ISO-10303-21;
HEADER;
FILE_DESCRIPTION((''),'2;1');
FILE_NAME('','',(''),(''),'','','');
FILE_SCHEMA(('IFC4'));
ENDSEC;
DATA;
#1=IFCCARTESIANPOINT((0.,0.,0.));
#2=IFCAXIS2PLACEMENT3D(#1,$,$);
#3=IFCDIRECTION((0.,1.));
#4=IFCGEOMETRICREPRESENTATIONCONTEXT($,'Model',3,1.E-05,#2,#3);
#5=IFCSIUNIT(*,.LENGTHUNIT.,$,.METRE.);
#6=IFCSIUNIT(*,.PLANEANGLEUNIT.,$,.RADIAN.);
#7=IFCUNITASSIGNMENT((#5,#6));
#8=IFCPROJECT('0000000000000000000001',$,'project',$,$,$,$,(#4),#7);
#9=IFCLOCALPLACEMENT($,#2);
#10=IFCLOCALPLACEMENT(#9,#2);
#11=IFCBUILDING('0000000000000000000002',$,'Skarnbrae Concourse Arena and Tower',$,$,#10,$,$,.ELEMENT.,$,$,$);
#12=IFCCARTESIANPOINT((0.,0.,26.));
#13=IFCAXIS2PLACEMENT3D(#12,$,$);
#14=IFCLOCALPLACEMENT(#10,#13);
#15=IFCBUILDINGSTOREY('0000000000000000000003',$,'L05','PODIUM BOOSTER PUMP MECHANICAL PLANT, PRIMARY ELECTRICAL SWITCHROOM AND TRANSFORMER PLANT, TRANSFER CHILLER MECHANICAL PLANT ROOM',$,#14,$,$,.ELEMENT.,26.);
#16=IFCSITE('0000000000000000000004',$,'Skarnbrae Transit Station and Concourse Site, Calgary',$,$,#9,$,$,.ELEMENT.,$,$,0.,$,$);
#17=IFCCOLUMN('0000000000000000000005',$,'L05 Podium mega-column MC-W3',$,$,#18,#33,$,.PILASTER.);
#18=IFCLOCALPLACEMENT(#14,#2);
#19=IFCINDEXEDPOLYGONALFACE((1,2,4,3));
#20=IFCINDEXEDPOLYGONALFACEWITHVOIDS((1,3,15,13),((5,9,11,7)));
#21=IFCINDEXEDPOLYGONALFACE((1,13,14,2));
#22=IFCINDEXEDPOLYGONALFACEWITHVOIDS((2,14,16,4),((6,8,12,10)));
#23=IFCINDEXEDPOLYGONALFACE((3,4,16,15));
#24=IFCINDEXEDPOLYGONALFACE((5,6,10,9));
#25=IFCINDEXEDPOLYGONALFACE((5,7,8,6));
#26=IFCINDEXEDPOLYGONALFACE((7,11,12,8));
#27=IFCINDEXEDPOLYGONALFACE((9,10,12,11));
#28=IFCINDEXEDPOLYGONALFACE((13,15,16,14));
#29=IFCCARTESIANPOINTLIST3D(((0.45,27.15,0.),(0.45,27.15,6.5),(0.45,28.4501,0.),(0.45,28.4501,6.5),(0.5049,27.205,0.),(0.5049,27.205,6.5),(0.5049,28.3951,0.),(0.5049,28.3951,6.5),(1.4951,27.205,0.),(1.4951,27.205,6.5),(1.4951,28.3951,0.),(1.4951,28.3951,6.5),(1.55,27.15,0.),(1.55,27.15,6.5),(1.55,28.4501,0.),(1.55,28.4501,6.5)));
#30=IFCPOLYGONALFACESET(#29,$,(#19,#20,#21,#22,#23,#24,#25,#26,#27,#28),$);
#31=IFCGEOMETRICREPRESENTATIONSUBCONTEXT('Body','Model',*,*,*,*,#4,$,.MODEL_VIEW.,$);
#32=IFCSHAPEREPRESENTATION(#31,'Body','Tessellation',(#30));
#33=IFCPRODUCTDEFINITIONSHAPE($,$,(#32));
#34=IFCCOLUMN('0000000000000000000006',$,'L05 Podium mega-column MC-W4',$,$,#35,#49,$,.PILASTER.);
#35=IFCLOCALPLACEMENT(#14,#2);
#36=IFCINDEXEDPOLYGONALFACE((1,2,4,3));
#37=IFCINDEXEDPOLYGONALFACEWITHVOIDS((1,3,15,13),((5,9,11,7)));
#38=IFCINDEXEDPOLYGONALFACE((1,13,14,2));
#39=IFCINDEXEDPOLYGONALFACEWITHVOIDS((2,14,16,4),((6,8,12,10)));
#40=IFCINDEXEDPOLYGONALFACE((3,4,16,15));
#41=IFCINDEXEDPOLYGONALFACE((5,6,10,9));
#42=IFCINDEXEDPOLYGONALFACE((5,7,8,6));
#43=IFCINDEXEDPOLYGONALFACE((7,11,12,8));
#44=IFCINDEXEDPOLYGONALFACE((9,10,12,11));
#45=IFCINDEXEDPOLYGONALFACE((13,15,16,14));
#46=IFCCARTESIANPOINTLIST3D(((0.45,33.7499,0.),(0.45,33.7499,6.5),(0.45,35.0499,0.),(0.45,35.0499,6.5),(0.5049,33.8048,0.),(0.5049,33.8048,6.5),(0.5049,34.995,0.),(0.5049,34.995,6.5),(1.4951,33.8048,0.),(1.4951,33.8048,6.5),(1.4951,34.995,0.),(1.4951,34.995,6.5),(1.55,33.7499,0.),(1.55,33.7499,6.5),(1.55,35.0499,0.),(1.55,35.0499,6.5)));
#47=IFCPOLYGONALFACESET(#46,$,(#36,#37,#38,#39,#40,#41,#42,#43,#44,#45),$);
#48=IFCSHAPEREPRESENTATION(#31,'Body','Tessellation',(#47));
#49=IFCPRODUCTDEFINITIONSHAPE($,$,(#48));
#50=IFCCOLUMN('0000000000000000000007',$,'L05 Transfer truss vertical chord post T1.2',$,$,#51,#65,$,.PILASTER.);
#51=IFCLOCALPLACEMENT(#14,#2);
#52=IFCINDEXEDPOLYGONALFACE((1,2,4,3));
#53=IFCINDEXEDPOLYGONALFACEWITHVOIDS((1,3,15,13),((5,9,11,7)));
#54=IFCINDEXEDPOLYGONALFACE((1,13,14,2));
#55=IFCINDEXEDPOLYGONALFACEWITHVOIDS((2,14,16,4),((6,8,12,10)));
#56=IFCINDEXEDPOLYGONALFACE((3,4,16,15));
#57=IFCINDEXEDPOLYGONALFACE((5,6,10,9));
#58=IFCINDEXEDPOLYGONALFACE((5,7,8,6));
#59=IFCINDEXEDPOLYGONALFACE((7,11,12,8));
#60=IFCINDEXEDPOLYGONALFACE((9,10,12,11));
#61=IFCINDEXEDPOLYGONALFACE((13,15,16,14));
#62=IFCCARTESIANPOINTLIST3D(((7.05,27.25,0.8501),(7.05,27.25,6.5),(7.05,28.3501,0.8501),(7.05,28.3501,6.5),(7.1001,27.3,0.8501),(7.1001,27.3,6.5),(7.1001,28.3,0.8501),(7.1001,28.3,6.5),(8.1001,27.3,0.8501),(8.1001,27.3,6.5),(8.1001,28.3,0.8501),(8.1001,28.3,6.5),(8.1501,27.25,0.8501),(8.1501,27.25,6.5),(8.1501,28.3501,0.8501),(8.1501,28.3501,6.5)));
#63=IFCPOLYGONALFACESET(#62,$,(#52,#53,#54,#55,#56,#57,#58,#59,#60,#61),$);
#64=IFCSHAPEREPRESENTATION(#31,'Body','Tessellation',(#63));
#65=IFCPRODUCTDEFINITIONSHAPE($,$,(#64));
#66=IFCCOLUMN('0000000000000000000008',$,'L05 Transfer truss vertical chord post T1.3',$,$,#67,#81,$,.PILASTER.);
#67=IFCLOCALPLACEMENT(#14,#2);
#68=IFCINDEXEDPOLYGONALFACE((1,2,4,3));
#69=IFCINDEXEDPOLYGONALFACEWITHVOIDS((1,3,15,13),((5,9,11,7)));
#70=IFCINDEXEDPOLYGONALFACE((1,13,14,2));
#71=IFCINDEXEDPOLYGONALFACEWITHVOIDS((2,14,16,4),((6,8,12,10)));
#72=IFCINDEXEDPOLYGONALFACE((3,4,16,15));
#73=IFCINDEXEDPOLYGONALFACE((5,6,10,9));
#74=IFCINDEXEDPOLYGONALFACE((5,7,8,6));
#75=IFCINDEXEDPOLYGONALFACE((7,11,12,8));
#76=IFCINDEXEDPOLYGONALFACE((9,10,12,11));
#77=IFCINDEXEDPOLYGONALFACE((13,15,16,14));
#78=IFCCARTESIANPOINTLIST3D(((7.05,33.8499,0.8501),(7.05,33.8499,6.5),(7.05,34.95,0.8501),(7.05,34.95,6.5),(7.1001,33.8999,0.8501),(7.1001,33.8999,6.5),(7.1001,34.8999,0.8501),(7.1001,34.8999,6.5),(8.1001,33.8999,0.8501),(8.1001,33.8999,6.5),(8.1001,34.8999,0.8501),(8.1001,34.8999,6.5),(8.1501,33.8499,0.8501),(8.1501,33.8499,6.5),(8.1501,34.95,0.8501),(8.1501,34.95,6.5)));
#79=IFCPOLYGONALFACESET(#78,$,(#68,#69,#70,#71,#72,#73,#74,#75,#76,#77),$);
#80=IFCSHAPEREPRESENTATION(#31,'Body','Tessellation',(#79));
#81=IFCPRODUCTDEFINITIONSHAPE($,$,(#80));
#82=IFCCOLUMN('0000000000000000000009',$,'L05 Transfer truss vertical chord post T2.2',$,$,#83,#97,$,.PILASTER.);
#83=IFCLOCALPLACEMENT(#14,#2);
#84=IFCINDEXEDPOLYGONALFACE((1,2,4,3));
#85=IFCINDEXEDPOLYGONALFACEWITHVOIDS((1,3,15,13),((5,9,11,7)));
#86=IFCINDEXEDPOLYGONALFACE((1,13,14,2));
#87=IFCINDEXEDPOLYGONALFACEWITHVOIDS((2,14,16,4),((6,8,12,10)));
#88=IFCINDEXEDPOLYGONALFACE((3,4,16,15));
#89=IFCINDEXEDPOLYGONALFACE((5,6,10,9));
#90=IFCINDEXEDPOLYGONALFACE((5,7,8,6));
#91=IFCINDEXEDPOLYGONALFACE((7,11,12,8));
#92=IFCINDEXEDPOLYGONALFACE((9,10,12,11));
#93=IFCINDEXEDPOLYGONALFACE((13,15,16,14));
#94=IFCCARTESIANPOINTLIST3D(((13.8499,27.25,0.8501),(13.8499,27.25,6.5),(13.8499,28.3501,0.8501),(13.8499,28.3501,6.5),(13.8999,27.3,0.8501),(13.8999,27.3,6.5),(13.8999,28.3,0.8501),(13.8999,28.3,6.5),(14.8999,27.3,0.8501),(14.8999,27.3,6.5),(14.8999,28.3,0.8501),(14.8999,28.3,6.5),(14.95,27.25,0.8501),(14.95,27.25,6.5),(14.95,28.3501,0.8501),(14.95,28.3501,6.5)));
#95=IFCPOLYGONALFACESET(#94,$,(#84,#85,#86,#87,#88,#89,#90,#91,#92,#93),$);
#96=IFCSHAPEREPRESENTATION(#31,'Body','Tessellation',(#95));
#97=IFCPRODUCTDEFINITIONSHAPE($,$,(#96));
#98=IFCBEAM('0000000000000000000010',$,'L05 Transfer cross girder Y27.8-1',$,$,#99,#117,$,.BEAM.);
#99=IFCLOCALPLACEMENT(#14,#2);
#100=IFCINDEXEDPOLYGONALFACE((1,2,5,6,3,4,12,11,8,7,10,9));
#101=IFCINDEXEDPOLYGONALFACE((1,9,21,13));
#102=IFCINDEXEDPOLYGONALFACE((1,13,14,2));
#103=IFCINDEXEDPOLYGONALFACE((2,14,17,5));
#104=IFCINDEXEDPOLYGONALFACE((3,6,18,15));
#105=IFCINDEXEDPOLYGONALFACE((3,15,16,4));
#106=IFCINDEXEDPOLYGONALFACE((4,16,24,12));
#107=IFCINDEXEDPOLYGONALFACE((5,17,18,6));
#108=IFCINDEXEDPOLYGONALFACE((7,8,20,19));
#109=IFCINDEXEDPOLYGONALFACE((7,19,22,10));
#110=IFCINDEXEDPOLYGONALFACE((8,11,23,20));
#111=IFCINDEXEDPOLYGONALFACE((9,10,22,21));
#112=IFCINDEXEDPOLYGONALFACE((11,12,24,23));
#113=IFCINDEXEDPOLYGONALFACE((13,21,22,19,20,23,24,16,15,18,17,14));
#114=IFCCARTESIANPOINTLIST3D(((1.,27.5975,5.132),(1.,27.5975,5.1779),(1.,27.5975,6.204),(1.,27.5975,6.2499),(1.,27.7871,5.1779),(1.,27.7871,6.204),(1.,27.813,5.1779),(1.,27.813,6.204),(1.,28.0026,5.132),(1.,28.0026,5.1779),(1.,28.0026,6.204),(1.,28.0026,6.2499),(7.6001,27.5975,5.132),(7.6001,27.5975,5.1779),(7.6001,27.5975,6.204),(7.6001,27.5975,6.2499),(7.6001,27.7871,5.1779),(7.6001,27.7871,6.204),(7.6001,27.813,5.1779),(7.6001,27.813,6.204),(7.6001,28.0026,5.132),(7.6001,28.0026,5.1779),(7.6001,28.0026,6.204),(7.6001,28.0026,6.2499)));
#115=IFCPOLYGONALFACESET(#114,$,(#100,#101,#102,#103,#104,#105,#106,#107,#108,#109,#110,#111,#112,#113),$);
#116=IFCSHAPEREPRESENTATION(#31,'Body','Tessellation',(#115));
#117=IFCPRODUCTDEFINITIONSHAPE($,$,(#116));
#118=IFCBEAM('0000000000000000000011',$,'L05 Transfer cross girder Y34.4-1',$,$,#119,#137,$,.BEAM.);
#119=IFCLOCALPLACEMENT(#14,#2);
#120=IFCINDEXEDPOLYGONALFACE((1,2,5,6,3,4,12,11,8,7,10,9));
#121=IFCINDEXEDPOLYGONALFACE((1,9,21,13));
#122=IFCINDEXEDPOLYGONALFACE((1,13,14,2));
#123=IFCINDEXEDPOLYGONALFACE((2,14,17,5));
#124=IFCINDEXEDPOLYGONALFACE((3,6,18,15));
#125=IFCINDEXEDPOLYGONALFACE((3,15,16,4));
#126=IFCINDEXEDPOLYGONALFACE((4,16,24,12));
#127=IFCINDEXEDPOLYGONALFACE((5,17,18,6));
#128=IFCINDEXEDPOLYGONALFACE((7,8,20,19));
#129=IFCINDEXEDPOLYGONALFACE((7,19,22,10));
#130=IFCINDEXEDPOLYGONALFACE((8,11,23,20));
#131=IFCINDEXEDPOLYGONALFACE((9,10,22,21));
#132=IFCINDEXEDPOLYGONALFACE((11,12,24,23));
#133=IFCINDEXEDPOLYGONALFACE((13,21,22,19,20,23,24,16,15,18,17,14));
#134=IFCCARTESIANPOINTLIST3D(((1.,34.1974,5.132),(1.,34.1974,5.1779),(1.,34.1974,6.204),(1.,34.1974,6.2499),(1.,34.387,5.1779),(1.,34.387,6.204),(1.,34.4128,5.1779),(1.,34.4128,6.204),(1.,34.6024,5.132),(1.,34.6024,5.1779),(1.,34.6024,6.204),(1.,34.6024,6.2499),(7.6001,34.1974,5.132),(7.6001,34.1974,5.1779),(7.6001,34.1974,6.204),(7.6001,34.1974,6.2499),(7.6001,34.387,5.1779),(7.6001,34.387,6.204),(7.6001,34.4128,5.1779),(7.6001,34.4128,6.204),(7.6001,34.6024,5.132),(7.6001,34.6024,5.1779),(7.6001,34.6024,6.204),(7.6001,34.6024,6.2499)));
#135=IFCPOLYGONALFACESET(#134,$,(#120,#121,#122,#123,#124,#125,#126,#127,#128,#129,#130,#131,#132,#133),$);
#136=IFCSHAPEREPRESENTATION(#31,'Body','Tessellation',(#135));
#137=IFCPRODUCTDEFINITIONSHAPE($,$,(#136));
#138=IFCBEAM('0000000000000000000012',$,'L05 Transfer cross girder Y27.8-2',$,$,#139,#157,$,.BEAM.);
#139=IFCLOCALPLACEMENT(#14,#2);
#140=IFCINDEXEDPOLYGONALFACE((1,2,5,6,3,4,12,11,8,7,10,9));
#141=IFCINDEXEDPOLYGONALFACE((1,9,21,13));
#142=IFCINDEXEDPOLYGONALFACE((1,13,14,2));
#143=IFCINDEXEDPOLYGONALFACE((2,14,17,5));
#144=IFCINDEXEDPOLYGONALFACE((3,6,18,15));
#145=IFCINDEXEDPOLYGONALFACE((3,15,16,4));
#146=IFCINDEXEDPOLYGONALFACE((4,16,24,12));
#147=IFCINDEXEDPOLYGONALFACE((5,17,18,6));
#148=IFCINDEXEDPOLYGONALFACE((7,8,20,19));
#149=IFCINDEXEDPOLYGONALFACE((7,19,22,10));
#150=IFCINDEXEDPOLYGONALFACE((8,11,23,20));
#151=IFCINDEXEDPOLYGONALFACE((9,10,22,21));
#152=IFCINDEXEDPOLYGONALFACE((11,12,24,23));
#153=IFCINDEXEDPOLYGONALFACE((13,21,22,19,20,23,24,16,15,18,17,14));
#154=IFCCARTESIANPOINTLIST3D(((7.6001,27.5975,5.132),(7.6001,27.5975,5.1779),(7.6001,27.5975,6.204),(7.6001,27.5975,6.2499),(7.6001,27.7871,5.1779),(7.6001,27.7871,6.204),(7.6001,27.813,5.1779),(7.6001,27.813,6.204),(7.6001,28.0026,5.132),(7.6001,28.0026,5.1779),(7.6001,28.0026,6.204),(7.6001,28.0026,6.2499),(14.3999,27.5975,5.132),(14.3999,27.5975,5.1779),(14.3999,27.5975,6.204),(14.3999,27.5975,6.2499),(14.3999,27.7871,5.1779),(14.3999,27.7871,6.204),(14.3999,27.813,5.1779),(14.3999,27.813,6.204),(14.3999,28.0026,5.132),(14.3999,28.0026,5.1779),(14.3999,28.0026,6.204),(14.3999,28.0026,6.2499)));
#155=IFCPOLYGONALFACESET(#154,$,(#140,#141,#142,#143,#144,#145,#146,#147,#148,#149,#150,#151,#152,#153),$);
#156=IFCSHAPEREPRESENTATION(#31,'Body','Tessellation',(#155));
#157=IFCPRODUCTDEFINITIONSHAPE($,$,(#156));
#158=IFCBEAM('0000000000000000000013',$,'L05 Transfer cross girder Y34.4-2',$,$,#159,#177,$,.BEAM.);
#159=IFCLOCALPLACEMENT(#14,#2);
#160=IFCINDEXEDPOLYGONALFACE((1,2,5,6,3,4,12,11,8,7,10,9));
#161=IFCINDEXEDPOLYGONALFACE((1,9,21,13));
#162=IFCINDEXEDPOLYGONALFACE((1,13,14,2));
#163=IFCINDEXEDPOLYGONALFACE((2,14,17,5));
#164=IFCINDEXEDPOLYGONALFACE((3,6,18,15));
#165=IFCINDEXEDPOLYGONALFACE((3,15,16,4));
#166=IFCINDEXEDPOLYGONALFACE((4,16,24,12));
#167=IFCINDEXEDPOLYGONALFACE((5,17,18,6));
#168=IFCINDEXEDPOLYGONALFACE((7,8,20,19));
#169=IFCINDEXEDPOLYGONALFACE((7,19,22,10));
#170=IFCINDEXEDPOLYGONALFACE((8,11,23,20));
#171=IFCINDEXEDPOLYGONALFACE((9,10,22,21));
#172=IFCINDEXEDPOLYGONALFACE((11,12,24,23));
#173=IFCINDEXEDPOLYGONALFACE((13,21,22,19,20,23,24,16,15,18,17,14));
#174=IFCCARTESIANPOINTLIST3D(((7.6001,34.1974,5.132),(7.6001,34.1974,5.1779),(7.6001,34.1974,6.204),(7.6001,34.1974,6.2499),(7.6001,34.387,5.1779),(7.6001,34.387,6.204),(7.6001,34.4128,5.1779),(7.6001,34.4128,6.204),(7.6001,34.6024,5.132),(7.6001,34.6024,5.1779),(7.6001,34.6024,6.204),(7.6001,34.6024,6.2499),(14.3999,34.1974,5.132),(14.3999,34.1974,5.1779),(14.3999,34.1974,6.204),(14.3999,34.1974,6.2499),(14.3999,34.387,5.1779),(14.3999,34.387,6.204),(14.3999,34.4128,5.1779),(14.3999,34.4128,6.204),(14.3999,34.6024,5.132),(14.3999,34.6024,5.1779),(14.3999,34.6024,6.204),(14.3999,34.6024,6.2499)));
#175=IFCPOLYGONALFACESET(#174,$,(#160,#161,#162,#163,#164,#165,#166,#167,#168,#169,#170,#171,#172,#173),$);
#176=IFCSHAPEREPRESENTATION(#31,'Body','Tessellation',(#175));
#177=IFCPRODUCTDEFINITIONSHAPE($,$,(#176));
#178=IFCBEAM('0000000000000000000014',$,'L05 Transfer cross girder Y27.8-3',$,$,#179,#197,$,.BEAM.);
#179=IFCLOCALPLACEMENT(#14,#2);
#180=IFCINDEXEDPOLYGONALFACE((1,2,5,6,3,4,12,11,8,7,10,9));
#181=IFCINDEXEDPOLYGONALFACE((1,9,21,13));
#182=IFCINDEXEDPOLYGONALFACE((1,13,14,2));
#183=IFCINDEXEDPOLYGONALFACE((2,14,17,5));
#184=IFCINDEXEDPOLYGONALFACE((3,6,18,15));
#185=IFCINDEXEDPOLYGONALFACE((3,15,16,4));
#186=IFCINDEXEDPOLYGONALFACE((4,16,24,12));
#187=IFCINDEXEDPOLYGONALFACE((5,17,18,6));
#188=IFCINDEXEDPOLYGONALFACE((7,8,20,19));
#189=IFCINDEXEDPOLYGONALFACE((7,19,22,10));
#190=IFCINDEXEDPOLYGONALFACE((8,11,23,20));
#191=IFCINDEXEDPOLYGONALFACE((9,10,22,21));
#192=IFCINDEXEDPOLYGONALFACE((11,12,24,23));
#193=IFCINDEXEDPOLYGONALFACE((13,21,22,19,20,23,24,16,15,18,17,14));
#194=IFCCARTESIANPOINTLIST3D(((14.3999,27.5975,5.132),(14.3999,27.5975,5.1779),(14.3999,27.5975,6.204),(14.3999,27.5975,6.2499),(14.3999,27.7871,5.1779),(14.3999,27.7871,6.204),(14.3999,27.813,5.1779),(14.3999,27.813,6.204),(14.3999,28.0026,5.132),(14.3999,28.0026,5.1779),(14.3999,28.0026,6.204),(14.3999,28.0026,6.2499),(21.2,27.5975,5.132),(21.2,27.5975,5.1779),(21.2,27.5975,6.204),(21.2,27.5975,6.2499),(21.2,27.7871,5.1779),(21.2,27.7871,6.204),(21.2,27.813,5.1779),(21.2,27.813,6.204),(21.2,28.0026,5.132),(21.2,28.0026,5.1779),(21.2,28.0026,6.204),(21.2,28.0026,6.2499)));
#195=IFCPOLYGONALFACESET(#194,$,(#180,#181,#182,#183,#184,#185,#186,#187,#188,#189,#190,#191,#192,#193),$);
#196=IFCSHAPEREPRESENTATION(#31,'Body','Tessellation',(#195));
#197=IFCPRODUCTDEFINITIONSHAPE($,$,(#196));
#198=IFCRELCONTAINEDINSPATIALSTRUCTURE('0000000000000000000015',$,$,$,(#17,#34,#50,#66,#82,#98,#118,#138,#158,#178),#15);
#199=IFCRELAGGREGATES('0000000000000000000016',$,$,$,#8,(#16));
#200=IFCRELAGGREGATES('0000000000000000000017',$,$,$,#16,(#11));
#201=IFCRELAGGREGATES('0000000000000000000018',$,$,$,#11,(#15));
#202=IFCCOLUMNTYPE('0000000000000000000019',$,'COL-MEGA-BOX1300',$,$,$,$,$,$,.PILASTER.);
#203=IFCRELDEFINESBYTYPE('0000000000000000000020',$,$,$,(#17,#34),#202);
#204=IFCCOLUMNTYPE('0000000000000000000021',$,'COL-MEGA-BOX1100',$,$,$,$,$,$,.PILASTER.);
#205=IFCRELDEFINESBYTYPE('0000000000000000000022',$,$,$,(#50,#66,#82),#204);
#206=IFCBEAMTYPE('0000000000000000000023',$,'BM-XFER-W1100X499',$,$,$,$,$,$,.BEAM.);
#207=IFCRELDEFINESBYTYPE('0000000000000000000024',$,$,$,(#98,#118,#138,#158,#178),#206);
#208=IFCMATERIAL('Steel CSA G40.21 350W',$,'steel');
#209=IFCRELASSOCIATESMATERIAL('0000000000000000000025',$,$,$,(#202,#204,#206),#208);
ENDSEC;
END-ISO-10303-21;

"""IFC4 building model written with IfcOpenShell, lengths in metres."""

from ifc_helpers import new_model, si_unit, direction, frame, origin, origin_2d, place, context, subcontext, project, spatial, hollow_rectangle, i_section, extrude, source, transform, mapped, material, material_profile, profile_set, type_object, element, save


model = new_model("IFC4")

# Units and contexts
model_context = context("Model", 3, precision=1e-05, world=origin(), true_north=direction((0.0, 1.0)))
body_context = subcontext(model_context, "Body", "Model", "MODEL_VIEW")
ifc_project = project(units=[si_unit("LENGTHUNIT", "METRE"), si_unit("PLANEANGLEUNIT", "RADIAN")], contexts=[model_context])

# Site, building, storey
site_placement = place(None, origin())
site = spatial("IfcSite", under=ifc_project, at=site_placement, Name="Skarnbrae Transit Station and Concourse Site, Calgary", CompositionType="ELEMENT", RefElevation=0.0)
building_placement = place(site_placement, origin())
building = spatial("IfcBuilding", under=site, at=building_placement, Name="Skarnbrae Concourse Arena and Tower", CompositionType="ELEMENT")
storey_placement = place(building_placement, frame((0.0, 0.0, 26.0)))
storey = spatial("IfcBuildingStorey", under=building, at=storey_placement, Name="L05", Description="PODIUM BOOSTER PUMP MECHANICAL PLANT, PRIMARY ELECTRICAL SWITCHROOM AND TRANSFORMER PLANT, TRANSFER CHILLER MECHANICAL PLANT ROOM", CompositionType="ELEMENT", Elevation=26.0)

# Columns
ifc_material = material(Name="Steel CSA G40.21 350W", Category="steel")
ifc_material_profile_1 = material_profile(ifc_material, hollow_rectangle(XDim=1.1001, YDim=1.3, WallThickness=0.0549, at=origin_2d()), Name="BOX1300X1100X55")
ifc_profile_set_1 = profile_set([ifc_material_profile_1], Name="Steel CSA G40.21 350W")
column_type_1 = type_object("IfcColumnType", Name="COL-MEGA-BOX1300", PredefinedType="PILASTER", material=ifc_profile_set_1)
shared_shape_1 = source(origin(), body_context, "Body", "SweptSolid", [
    extrude(hollow_rectangle(XDim=1.1001, YDim=1.3, WallThickness=0.0549, at=origin_2d()), origin(), (0.0, 0.0, 1.0), 6.5),
])
for number, where, z_axis, x_axis, name in (
    (1, (1.0, 27.8, 0.0), (0.0, 0.0, 1.0), (1.0, 0.0, 0.0), "L05 Podium mega-column MC-W3"),
    (2, (1.0, 34.3999, 0.0), (0.0, 0.0, 1.0), (1.0, 0.0, 0.0), "L05 Podium mega-column MC-W4"),
):
    element("IfcColumn", number, at=place(storey_placement, frame(where, z_axis=z_axis, x_axis=x_axis)), inside=storey, type_object=column_type_1, Name=name, PredefinedType="PILASTER", context=body_context, shape_type="MappedRepresentation", body=[
        mapped(shared_shape_1, transform((0.0, 0.0, 0.0))),
    ])
ifc_material_profile_2 = material_profile(ifc_material, hollow_rectangle(XDim=1.1001, YDim=1.1001, WallThickness=0.05, at=origin_2d()), Name="BOX1100X1100X50")
ifc_profile_set_2 = profile_set([ifc_material_profile_2], Name="Steel CSA G40.21 350W")
column_type_2 = type_object("IfcColumnType", Name="COL-MEGA-BOX1100", PredefinedType="PILASTER", material=ifc_profile_set_2)
shared_shape_2 = source(origin(), body_context, "Body", "SweptSolid", [
    extrude(hollow_rectangle(XDim=1.1001, YDim=1.1001, WallThickness=0.05, at=origin_2d()), origin(), (0.0, 0.0, 1.0), 5.6499),
])
for number, where, z_axis, x_axis, name in (
    (3, (7.6001, 27.8, 0.8501), (0.0, 0.0, 1.0), (1.0, 0.0, 0.0), "L05 Transfer truss vertical chord post T1.2"),
    (4, (7.6001, 34.3999, 0.8501), (0.0, 0.0, 1.0), (1.0, 0.0, 0.0), "L05 Transfer truss vertical chord post T1.3"),
    (5, (14.3999, 27.8, 0.8501), (0.0, 0.0, 1.0), (1.0, 0.0, 0.0), "L05 Transfer truss vertical chord post T2.2"),
):
    element("IfcColumn", number, at=place(storey_placement, frame(where, z_axis=z_axis, x_axis=x_axis)), inside=storey, type_object=column_type_2, Name=name, PredefinedType="PILASTER", context=body_context, shape_type="MappedRepresentation", body=[
        mapped(shared_shape_2, transform((0.0, 0.0, 0.0))),
    ])

# Beams
ifc_material_profile_3 = material_profile(ifc_material, i_section(OverallWidth=0.405, OverallDepth=1.1179, WebThickness=0.0259, FlangeThickness=0.0459, at=origin_2d()), Name="W1100X499")
ifc_profile_set_3 = profile_set([ifc_material_profile_3], Name="Steel CSA G40.21 350W")
beam_type = type_object("IfcBeamType", Name="BM-XFER-W1100X499", PredefinedType="BEAM", material=ifc_profile_set_3)
shared_shape_3 = source(origin(), body_context, "Body", "SweptSolid", [
    extrude(i_section(OverallWidth=0.405, OverallDepth=1.1179, WebThickness=0.0259, FlangeThickness=0.0459, at=origin_2d()), origin(), (0.0, 0.0, 1.0), 6.6001),
])
for number, where, z_axis, x_axis, name in (
    (6, (1.0, 27.8, 5.6909), (1.0, 0.0, 0.0), (0.0, 1.0, 0.0), "L05 Transfer cross girder Y27.8-1"),
    (7, (1.0, 34.3999, 5.6909), (1.0, 0.0, 0.0), (0.0, 1.0, 0.0), "L05 Transfer cross girder Y34.4-1"),
):
    element("IfcBeam", number, at=place(storey_placement, frame(where, z_axis=z_axis, x_axis=x_axis)), inside=storey, type_object=beam_type, Name=name, PredefinedType="BEAM", context=body_context, shape_type="MappedRepresentation", body=[
        mapped(shared_shape_3, transform((0.0, 0.0, 0.0))),
    ])
shared_shape_4 = source(origin(), body_context, "Body", "SweptSolid", [
    extrude(i_section(OverallWidth=0.405, OverallDepth=1.1179, WebThickness=0.0259, FlangeThickness=0.0459, at=origin_2d()), origin(), (0.0, 0.0, 1.0), 6.7998),
])
for number, where, z_axis, x_axis, name in (
    (8, (7.6001, 27.8, 5.6909), (1.0, 0.0, 0.0), (0.0, 1.0, 0.0), "L05 Transfer cross girder Y27.8-2"),
    (9, (7.6001, 34.3999, 5.6909), (1.0, 0.0, 0.0), (0.0, 1.0, 0.0), "L05 Transfer cross girder Y34.4-2"),
):
    element("IfcBeam", number, at=place(storey_placement, frame(where, z_axis=z_axis, x_axis=x_axis)), inside=storey, type_object=beam_type, Name=name, PredefinedType="BEAM", context=body_context, shape_type="MappedRepresentation", body=[
        mapped(shared_shape_4, transform((0.0, 0.0, 0.0))),
    ])
shared_shape_5 = source(origin(), body_context, "Body", "SweptSolid", [
    extrude(i_section(OverallWidth=0.405, OverallDepth=1.1179, WebThickness=0.0259, FlangeThickness=0.0459, at=origin_2d()), origin(), (0.0, 0.0, 1.0), 6.8),
])
beam_1_placement = place(storey_placement, frame((14.3999, 27.8, 5.6909), z_axis=(1.0, 0.0, 0.0), x_axis=(0.0, 1.0, 0.0)))
element("IfcBeam", 10, at=beam_1_placement, inside=storey, type_object=beam_type, Name="L05 Transfer cross girder Y27.8-3", PredefinedType="BEAM", context=body_context, shape_type="MappedRepresentation", body=[
    mapped(shared_shape_5, transform((0.0, 0.0, 0.0))),
])

save(model, "model.ifc")
